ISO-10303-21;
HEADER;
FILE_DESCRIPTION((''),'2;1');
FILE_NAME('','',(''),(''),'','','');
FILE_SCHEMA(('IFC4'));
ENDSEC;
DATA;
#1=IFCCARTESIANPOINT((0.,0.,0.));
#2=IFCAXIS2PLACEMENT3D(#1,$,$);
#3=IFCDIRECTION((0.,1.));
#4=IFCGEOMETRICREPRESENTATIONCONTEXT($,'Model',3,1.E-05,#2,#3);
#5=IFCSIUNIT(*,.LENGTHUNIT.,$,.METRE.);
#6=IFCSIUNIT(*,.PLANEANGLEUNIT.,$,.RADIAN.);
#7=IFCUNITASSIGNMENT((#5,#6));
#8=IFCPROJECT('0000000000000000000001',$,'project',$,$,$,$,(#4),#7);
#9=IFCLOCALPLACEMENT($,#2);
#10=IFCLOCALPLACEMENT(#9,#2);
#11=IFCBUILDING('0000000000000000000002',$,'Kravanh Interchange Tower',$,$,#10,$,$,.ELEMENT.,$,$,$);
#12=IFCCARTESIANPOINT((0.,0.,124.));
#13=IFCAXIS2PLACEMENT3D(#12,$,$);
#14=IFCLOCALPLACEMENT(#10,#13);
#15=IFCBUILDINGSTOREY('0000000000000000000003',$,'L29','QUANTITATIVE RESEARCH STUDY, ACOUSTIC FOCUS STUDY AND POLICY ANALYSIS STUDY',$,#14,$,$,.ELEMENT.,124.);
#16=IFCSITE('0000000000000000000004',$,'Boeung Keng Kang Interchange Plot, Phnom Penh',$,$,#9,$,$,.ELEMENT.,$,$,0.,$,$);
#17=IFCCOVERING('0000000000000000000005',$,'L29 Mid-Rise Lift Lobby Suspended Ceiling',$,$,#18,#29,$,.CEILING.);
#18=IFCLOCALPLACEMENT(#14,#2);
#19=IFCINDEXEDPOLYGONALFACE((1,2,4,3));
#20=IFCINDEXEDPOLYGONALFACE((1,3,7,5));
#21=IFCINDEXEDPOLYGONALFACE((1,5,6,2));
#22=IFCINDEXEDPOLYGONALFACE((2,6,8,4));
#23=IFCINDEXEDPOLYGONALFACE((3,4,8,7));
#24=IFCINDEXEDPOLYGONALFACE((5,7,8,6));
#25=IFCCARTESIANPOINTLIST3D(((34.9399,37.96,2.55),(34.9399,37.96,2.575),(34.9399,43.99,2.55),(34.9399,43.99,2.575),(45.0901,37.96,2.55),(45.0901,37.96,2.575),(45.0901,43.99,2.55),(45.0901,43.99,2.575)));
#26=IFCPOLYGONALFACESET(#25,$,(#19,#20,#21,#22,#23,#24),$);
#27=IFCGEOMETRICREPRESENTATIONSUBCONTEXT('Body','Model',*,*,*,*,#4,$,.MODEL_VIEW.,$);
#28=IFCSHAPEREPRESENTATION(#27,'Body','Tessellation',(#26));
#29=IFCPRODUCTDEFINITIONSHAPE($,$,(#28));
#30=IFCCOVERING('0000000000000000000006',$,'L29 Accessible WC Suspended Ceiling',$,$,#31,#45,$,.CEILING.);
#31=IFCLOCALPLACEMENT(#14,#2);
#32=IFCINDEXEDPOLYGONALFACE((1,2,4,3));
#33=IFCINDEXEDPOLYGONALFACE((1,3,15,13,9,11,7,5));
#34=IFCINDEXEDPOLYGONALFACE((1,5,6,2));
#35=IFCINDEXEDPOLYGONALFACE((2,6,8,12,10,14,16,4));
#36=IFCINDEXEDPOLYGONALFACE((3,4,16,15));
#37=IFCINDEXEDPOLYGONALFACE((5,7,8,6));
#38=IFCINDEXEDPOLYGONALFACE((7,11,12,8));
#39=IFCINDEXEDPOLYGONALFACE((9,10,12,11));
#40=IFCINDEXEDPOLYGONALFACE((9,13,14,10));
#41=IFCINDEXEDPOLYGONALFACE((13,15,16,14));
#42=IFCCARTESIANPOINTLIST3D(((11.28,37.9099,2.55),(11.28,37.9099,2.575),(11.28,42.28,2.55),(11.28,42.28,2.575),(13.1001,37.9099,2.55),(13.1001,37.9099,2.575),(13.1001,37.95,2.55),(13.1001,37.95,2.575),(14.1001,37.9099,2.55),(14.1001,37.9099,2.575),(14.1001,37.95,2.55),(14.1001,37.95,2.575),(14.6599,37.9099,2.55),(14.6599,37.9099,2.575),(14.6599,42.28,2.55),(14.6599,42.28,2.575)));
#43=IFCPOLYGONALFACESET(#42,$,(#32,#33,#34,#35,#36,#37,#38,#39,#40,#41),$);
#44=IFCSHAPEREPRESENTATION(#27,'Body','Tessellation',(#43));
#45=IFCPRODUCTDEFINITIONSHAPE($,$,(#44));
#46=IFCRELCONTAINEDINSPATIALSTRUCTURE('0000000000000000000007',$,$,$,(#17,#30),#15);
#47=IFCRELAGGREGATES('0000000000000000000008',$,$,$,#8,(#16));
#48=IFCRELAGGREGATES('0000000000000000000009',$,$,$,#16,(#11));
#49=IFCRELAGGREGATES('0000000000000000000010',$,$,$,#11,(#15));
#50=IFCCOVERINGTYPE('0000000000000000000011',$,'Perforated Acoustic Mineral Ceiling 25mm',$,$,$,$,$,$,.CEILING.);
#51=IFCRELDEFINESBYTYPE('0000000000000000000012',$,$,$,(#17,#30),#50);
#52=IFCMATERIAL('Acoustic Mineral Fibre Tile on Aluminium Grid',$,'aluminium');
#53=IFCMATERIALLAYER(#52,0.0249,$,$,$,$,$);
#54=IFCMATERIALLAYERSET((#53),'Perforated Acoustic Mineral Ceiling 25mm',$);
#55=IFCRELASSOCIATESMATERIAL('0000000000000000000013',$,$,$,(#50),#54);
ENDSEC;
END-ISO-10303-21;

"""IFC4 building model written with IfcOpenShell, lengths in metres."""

from ifc_helpers import new_model, si_unit, direction, frame, origin, place, context, subcontext, project, spatial, polyline, outline, extrude, material, layer, layer_set, type_object, element, save


model = new_model("IFC4")

# Units and contexts
model_context = context("Model", 3, precision=1e-05, world=origin(), true_north=direction((0.0, 1.0)))
body_context = subcontext(model_context, "Body", "Model", "MODEL_VIEW")
ifc_project = project(units=[si_unit("LENGTHUNIT", "METRE"), si_unit("PLANEANGLEUNIT", "RADIAN")], contexts=[model_context])

# Site, building, storey
site_placement = place(None, origin())
site = spatial("IfcSite", under=ifc_project, at=site_placement, Name="Boeung Keng Kang Interchange Plot, Phnom Penh", CompositionType="ELEMENT", RefElevation=0.0)
building_placement = place(site_placement, origin())
building = spatial("IfcBuilding", under=site, at=building_placement, Name="Kravanh Interchange Tower", CompositionType="ELEMENT")
storey_placement = place(building_placement, frame((0.0, 0.0, 124.0)))
storey = spatial("IfcBuildingStorey", under=building, at=storey_placement, Name="L29", Description="QUANTITATIVE RESEARCH STUDY, ACOUSTIC FOCUS STUDY AND POLICY ANALYSIS STUDY", CompositionType="ELEMENT", Elevation=124.0)

# Coverings
ifc_material_1 = material(Name="Acoustic Mineral Fibre Tile on Aluminium Grid", Category="aluminium")
ifc_layer_1 = layer(ifc_material_1, 0.0249)
ifc_layer_set_1 = layer_set([ifc_layer_1], Name="Perforated Acoustic Mineral Ceiling 25mm")
covering_type_1 = type_object("IfcCoveringType", Name="Perforated Acoustic Mineral Ceiling 25mm", PredefinedType="CEILING", material=ifc_layer_set_1)
covering_1_placement = place(storey_placement, frame((0.0, 0.0, 2.55)))
element("IfcCovering", 1, at=covering_1_placement, inside=storey, type_object=covering_type_1, Name="L29 Mid-Rise Lift Lobby Suspended Ceiling", PredefinedType="CEILING", context=body_context, shape_type="SweptSolid", body=[
    extrude(outline(polyline([(45.0901, 37.96), (34.9399, 37.96), (34.9399, 43.99), (45.0901, 43.99), (45.0901, 37.96)])), origin(), (0.0, 0.0, 1.0), 0.0249),
])
covering_2_placement = place(storey_placement, frame((0.0, 0.0, 2.55)))
element("IfcCovering", 2, at=covering_2_placement, inside=storey, type_object=covering_type_1, Name="L29 Accessible WC Suspended Ceiling", PredefinedType="CEILING", context=body_context, shape_type="SweptSolid", body=[
    extrude(outline(polyline([(14.6599, 42.28), (14.6599, 37.9099), (14.1001, 37.9099), (14.1001, 37.95), (13.1001, 37.95), (13.1001, 37.9099), (11.28, 37.9099), (11.28, 42.28), (14.6599, 42.28)])), origin(), (0.0, 0.0, 1.0), 0.0249),
])

save(model, "model.ifc")
